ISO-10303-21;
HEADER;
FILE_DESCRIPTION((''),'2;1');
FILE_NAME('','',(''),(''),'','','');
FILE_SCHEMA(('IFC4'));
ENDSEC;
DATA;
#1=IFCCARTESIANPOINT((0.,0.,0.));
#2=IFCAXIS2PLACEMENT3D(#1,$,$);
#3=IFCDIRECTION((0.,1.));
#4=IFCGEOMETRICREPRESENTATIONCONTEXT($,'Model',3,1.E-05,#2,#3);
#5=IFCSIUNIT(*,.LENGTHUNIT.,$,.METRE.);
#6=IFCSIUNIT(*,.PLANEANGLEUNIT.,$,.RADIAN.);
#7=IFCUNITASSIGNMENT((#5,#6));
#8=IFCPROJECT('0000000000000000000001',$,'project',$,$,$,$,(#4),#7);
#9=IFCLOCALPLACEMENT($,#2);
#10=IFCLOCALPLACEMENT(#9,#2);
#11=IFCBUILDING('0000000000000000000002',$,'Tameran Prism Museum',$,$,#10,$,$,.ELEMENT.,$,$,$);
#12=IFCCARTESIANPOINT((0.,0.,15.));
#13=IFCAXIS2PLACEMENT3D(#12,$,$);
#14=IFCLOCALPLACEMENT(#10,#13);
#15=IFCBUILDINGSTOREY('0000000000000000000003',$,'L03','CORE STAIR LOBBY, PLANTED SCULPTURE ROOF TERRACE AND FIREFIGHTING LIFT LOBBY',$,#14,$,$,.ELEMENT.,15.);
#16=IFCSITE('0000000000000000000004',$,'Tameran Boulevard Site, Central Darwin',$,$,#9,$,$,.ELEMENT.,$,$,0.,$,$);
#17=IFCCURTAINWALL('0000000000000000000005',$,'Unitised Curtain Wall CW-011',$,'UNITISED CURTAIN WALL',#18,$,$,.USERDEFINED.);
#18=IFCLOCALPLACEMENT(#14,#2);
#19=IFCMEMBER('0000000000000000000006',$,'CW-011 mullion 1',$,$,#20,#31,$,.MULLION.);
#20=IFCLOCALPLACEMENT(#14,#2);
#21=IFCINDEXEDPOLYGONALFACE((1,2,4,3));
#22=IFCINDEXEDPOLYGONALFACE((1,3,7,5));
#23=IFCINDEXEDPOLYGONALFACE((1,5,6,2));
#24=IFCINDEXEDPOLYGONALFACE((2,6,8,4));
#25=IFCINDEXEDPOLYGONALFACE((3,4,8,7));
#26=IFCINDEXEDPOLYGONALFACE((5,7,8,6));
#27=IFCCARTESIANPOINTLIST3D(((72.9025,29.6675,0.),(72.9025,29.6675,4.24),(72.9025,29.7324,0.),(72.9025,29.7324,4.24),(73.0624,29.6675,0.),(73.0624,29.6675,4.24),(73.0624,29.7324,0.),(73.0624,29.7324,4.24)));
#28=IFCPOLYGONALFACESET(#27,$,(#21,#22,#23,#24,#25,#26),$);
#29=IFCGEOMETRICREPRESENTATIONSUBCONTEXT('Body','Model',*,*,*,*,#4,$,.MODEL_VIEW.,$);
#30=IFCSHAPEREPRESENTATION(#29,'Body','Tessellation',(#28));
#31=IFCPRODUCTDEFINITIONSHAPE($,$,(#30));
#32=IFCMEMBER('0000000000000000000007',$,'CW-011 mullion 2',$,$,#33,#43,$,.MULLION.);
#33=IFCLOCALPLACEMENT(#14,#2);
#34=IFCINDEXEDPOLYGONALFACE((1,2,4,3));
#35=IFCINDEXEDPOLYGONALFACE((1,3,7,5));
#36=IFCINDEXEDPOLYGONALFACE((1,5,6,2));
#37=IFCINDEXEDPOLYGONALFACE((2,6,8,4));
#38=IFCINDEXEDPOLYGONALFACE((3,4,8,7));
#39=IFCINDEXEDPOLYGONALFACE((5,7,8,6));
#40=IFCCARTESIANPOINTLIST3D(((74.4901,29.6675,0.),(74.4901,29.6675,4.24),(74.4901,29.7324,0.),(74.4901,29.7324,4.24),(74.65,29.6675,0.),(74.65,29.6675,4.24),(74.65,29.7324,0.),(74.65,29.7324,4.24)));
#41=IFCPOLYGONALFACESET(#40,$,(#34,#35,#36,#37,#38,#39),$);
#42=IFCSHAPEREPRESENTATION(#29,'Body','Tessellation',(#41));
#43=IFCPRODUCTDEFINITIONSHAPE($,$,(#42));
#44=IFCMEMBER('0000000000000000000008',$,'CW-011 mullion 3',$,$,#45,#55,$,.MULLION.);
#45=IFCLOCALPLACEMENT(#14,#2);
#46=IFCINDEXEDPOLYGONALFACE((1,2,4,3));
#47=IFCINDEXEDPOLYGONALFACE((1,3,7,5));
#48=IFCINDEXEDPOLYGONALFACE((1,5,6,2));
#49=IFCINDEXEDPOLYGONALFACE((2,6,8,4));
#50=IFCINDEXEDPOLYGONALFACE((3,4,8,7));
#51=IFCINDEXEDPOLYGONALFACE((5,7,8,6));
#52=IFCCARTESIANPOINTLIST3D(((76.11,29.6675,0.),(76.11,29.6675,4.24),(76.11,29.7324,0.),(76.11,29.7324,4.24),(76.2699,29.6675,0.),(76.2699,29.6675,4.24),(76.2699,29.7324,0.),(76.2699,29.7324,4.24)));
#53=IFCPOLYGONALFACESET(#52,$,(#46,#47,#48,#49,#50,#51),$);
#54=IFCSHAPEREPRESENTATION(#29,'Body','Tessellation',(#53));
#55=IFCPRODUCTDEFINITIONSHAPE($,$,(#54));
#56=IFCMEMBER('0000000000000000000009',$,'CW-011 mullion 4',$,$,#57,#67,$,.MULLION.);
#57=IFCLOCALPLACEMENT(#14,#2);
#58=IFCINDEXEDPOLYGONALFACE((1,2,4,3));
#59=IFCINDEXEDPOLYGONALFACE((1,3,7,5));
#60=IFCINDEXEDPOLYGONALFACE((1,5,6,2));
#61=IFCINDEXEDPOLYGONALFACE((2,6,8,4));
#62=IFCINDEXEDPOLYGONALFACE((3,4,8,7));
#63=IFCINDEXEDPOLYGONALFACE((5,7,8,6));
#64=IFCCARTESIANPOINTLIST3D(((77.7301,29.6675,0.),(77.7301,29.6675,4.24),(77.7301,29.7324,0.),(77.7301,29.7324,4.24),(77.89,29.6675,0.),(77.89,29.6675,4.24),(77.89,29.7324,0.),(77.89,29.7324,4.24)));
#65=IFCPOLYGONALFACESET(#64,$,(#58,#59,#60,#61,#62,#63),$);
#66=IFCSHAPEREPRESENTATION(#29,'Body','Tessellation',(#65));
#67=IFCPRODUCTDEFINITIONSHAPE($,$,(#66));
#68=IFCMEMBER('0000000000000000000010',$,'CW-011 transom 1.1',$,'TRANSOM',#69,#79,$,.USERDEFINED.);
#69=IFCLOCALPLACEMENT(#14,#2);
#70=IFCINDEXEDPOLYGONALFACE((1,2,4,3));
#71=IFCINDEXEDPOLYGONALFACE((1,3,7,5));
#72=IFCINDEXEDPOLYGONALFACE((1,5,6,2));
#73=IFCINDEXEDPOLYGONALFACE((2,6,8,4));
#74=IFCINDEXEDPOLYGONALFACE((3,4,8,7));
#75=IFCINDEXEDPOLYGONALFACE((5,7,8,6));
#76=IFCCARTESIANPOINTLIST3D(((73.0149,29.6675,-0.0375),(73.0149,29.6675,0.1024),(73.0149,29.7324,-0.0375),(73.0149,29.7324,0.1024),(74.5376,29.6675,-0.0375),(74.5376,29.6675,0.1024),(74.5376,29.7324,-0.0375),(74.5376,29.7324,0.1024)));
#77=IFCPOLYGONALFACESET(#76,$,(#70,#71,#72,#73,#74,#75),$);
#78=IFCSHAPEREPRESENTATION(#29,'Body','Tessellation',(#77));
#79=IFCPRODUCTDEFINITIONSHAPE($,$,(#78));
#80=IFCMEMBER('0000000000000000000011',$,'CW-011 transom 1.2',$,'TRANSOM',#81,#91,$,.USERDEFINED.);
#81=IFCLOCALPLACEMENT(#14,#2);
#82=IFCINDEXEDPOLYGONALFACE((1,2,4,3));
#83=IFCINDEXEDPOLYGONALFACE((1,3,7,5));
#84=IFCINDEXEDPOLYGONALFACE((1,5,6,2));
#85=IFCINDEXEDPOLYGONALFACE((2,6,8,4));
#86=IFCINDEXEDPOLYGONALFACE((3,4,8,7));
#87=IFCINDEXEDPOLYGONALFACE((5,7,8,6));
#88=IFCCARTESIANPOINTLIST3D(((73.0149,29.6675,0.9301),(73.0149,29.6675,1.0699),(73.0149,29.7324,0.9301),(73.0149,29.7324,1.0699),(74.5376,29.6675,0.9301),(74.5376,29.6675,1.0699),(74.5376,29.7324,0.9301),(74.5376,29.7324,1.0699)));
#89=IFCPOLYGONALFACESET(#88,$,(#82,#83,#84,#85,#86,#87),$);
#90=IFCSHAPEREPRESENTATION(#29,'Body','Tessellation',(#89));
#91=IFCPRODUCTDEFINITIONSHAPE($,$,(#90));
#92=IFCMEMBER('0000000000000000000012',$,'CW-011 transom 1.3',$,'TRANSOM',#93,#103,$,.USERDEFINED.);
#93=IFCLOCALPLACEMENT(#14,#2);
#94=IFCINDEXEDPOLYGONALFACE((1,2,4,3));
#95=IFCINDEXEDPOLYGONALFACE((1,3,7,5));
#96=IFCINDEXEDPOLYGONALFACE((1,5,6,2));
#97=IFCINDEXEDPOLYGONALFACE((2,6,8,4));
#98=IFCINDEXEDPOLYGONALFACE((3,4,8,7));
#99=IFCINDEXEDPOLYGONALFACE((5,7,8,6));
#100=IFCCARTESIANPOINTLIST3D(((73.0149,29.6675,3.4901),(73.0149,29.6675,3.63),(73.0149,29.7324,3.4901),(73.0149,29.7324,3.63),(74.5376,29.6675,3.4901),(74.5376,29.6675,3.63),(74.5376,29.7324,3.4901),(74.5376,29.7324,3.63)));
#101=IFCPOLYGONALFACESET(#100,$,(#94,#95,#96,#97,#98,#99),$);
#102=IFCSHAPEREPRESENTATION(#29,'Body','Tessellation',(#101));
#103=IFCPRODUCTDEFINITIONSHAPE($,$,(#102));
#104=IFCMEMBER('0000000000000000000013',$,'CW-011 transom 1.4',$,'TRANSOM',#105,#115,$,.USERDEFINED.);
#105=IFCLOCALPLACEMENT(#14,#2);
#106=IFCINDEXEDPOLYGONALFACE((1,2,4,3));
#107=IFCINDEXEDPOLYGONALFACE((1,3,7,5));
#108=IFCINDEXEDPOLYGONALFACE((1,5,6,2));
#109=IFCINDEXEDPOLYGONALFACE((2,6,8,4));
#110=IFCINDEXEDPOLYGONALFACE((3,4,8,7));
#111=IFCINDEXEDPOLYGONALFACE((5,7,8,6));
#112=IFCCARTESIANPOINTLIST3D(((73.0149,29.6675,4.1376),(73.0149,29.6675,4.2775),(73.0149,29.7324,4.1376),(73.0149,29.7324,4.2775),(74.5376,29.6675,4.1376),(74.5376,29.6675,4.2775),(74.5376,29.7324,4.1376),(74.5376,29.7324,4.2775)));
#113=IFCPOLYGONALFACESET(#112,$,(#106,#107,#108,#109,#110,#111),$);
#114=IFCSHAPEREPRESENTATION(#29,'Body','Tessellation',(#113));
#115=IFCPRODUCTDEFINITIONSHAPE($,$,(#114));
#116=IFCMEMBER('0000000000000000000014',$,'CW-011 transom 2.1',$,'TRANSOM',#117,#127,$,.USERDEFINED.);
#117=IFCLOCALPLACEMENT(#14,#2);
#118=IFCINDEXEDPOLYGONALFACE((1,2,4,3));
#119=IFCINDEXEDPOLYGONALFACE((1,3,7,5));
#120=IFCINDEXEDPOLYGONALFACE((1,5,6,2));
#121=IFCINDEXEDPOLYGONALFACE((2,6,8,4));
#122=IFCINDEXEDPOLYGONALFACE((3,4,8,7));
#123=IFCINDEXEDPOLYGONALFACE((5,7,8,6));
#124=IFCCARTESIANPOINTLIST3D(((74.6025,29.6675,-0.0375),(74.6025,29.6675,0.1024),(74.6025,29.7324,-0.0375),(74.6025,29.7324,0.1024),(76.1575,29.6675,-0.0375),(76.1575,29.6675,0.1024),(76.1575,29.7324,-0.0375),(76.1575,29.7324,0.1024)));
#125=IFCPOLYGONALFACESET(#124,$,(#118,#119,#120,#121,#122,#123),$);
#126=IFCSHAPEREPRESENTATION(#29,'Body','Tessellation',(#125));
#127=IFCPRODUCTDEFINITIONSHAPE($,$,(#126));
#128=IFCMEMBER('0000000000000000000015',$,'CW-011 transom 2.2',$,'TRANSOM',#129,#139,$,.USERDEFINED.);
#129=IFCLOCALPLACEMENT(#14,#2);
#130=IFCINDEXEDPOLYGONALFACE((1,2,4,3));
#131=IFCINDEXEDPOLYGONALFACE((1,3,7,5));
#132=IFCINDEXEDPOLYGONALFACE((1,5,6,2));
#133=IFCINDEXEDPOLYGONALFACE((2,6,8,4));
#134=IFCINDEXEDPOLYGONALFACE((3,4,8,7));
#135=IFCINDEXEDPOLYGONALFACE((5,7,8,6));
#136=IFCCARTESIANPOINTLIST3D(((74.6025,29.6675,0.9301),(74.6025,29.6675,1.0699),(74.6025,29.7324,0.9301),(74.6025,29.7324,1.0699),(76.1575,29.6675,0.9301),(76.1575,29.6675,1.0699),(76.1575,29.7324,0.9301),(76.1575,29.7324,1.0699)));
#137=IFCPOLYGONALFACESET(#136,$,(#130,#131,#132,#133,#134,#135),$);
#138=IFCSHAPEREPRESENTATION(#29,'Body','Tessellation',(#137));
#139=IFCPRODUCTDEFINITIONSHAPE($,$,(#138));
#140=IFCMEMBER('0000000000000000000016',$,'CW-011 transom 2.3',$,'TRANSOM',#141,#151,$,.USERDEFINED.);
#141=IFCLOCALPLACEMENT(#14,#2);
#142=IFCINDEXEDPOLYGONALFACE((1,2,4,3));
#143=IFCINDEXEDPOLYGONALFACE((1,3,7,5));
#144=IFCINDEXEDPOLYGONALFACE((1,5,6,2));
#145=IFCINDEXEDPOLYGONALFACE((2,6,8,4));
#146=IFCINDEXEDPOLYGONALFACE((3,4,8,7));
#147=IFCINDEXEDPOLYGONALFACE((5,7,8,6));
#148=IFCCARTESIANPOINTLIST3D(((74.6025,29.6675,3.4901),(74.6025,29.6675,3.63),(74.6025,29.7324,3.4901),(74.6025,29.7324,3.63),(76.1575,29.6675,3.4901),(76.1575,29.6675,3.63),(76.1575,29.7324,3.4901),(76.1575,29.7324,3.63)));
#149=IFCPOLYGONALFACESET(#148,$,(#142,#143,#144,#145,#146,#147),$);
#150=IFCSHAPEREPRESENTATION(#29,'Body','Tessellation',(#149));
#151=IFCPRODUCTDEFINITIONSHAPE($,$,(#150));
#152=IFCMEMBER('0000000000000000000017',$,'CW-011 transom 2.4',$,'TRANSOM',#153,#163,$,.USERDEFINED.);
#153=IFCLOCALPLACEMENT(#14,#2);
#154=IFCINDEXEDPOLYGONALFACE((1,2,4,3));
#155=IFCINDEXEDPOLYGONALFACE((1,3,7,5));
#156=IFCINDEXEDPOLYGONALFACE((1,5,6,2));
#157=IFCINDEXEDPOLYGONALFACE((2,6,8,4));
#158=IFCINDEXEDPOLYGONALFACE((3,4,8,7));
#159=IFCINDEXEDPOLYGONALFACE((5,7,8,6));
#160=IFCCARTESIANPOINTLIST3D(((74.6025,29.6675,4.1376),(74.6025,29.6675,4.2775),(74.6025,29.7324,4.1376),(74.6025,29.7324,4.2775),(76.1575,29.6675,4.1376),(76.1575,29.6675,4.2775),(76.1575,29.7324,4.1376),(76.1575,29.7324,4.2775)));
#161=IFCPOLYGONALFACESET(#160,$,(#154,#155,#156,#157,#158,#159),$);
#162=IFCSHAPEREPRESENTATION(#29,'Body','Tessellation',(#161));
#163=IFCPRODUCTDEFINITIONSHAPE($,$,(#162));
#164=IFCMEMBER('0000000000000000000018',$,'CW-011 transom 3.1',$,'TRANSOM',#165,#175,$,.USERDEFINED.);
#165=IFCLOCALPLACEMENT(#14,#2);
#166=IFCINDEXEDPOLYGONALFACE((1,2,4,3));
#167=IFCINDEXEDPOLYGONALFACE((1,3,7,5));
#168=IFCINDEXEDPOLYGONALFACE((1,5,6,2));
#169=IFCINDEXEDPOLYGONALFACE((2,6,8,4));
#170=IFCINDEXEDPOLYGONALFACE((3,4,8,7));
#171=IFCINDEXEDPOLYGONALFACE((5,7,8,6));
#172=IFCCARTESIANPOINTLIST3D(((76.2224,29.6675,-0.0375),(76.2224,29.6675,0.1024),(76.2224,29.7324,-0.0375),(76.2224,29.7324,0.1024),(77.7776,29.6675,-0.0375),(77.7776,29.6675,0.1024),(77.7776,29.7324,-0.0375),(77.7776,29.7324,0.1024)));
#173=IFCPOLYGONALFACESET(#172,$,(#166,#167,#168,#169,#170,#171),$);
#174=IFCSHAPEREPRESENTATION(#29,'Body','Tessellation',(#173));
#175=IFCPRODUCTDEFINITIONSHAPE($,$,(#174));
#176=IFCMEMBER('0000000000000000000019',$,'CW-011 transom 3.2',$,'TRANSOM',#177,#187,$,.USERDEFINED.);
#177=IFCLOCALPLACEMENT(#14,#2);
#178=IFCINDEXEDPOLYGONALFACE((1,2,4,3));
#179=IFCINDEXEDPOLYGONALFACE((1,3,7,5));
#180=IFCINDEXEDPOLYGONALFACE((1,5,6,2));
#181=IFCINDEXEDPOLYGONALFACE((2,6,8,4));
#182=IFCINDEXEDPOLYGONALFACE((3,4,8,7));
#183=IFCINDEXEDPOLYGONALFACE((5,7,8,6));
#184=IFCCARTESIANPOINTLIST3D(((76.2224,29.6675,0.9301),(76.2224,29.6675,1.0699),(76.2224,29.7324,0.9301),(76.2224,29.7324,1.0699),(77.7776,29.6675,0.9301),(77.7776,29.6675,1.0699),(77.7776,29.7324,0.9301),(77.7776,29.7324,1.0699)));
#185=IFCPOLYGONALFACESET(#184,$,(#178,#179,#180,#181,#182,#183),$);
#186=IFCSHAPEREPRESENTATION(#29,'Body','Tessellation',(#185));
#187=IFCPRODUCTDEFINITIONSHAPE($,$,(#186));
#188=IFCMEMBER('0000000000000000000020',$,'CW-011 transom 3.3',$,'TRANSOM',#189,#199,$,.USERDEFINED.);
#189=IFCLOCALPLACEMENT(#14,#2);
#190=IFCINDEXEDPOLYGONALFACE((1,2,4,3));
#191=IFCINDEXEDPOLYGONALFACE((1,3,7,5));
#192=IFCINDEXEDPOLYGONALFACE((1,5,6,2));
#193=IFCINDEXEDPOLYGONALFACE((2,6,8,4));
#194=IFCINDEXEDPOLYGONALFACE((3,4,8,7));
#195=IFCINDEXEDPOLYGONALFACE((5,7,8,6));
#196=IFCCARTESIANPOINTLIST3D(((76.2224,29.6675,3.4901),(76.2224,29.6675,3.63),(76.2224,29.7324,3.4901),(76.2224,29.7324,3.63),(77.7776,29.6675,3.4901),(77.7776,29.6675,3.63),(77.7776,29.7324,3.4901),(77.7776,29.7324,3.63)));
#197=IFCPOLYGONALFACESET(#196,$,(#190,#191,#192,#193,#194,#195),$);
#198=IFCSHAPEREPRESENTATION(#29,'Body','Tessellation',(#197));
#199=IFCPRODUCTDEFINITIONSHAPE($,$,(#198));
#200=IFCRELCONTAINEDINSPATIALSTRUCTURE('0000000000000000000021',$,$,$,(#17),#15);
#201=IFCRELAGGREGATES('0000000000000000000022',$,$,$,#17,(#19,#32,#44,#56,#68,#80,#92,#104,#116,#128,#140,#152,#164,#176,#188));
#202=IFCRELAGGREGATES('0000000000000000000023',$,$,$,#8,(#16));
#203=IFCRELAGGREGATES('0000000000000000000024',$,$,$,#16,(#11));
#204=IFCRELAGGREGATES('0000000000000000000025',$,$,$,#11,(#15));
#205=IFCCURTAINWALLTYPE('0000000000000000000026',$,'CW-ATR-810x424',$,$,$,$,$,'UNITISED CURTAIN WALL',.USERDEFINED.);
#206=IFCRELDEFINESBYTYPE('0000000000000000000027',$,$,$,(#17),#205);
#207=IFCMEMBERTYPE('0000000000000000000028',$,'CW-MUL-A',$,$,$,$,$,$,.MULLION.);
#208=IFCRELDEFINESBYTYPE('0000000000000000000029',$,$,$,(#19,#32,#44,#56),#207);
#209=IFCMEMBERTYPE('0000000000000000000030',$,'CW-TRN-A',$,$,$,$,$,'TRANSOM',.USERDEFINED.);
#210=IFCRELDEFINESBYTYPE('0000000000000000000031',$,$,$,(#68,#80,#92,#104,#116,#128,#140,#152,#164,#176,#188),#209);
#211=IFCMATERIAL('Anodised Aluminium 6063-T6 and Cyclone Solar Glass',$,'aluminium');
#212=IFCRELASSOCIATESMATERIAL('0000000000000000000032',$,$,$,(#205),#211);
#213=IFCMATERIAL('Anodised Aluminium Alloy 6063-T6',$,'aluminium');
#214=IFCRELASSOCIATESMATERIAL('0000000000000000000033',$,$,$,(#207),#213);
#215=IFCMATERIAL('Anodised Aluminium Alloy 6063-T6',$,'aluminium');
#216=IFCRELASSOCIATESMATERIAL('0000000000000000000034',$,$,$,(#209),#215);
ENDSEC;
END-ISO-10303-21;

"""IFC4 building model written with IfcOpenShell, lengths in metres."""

from ifc_helpers import new_model, si_unit, direction, frame, origin, origin_2d, place, context, subcontext, project, spatial, rectangle, extrude, material, material_profile, profile_set, type_object, element, aggregate, save


model = new_model("IFC4")

# Units and contexts
model_context = context("Model", 3, precision=1e-05, world=origin(), true_north=direction((0.0, 1.0)))
body_context = subcontext(model_context, "Body", "Model", "MODEL_VIEW")
ifc_project = project(units=[si_unit("LENGTHUNIT", "METRE"), si_unit("PLANEANGLEUNIT", "RADIAN")], contexts=[model_context])

# Site, building, storey
site_placement = place(None, origin())
site = spatial("IfcSite", under=ifc_project, at=site_placement, Name="Tameran Boulevard Site, Central Darwin", CompositionType="ELEMENT", RefElevation=0.0)
building_placement = place(site_placement, origin())
building = spatial("IfcBuilding", under=site, at=building_placement, Name="Tameran Prism Museum", CompositionType="ELEMENT")
storey_placement = place(building_placement, frame((0.0, 0.0, 15.0)))
storey = spatial("IfcBuildingStorey", under=building, at=storey_placement, Name="L03", Description="CORE STAIR LOBBY, PLANTED SCULPTURE ROOF TERRACE AND FIREFIGHTING LIFT LOBBY", CompositionType="ELEMENT", Elevation=15.0)

# Curtain wall, members
ifc_material_1 = material(Name="Anodised Aluminium 6063-T6 and Cyclone Solar Glass", Category="aluminium")
curtain_wall_type_1 = type_object("IfcCurtainWallType", Name="CW-ATR-810x424", ElementType="UNITISED CURTAIN WALL", PredefinedType="USERDEFINED", material=ifc_material_1)
curtain_wall_1_placement = place(storey_placement, origin())
curtain_wall_1 = element("IfcCurtainWall", 1, at=curtain_wall_1_placement, inside=storey, type_object=curtain_wall_type_1, Name="Unitised Curtain Wall CW-011", ObjectType="UNITISED CURTAIN WALL", PredefinedType="USERDEFINED")
ifc_material_2 = material(Name="Anodised Aluminium Alloy 6063-T6", Category="aluminium")
ifc_material_profile_1 = material_profile(ifc_material_2, rectangle(XDim=0.0649, YDim=0.1599, at=origin_2d()))
ifc_profile_set_1 = profile_set([ifc_material_profile_1])
member_type_1 = type_object("IfcMemberType", Name="CW-MUL-A", PredefinedType="MULLION", material=ifc_profile_set_1)
member_1_placement = place(storey_placement, frame((72.9824, 29.7, 0.0), z_axis=(0.0, 0.0, 1.0), x_axis=(0.0, 1.0, 0.0)))
member_1 = element("IfcMember", 2, at=member_1_placement, type_object=member_type_1, Name="CW-011 mullion 1", PredefinedType="MULLION", context=body_context, shape_type="SweptSolid", body=[
    extrude(rectangle(XDim=0.0649, YDim=0.1599, at=origin_2d()), origin(), (0.0, 0.0, 1.0), 4.24),
])
member_2_placement = place(storey_placement, frame((74.5701, 29.7, 0.0), z_axis=(0.0, 0.0, 1.0), x_axis=(0.0, 1.0, 0.0)))
member_2 = element("IfcMember", 3, at=member_2_placement, type_object=member_type_1, Name="CW-011 mullion 2", PredefinedType="MULLION", context=body_context, shape_type="SweptSolid", body=[
    extrude(rectangle(XDim=0.0649, YDim=0.1599, at=origin_2d()), origin(), (0.0, 0.0, 1.0), 4.24),
])
member_3_placement = place(storey_placement, frame((76.1899, 29.7, 0.0), z_axis=(0.0, 0.0, 1.0), x_axis=(0.0, 1.0, 0.0)))
member_3 = element("IfcMember", 4, at=member_3_placement, type_object=member_type_1, Name="CW-011 mullion 3", PredefinedType="MULLION", context=body_context, shape_type="SweptSolid", body=[
    extrude(rectangle(XDim=0.0649, YDim=0.1599, at=origin_2d()), origin(), (0.0, 0.0, 1.0), 4.24),
])
member_4_placement = place(storey_placement, frame((77.8101, 29.7, 0.0), z_axis=(0.0, 0.0, 1.0), x_axis=(0.0, 1.0, 0.0)))
member_4 = element("IfcMember", 5, at=member_4_placement, type_object=member_type_1, Name="CW-011 mullion 4", PredefinedType="MULLION", context=body_context, shape_type="SweptSolid", body=[
    extrude(rectangle(XDim=0.0649, YDim=0.1599, at=origin_2d()), origin(), (0.0, 0.0, 1.0), 4.24),
])
ifc_material_3 = material(Name="Anodised Aluminium Alloy 6063-T6", Category="aluminium")
ifc_material_profile_2 = material_profile(ifc_material_3, rectangle(XDim=0.0649, YDim=0.1399, at=origin_2d()))
ifc_profile_set_2 = profile_set([ifc_material_profile_2])
member_type_2 = type_object("IfcMemberType", Name="CW-TRN-A", ElementType="TRANSOM", PredefinedType="USERDEFINED", material=ifc_profile_set_2)
member_5_placement = place(storey_placement, frame((73.0149, 29.7, 0.0325), z_axis=(1.0, 0.0, 0.0), x_axis=(0.0, 1.0, 0.0)))
member_5 = element("IfcMember", 6, at=member_5_placement, type_object=member_type_2, Name="CW-011 transom 1.1", ObjectType="TRANSOM", PredefinedType="USERDEFINED", context=body_context, shape_type="SweptSolid", body=[
    extrude(rectangle(XDim=0.0649, YDim=0.1399, at=origin_2d()), origin(), (0.0, 0.0, 1.0), 1.5227),
])
member_6_placement = place(storey_placement, frame((73.0149, 29.7, 1.0), z_axis=(1.0, 0.0, 0.0), x_axis=(0.0, 1.0, 0.0)))
member_6 = element("IfcMember", 7, at=member_6_placement, type_object=member_type_2, Name="CW-011 transom 1.2", ObjectType="TRANSOM", PredefinedType="USERDEFINED", context=body_context, shape_type="SweptSolid", body=[
    extrude(rectangle(XDim=0.0649, YDim=0.1399, at=origin_2d()), origin(), (0.0, 0.0, 1.0), 1.5227),
])
member_7_placement = place(storey_placement, frame((73.0149, 29.7, 3.5601), z_axis=(1.0, 0.0, 0.0), x_axis=(0.0, 1.0, 0.0)))
member_7 = element("IfcMember", 8, at=member_7_placement, type_object=member_type_2, Name="CW-011 transom 1.3", ObjectType="TRANSOM", PredefinedType="USERDEFINED", context=body_context, shape_type="SweptSolid", body=[
    extrude(rectangle(XDim=0.0649, YDim=0.1399, at=origin_2d()), origin(), (0.0, 0.0, 1.0), 1.5227),
])
member_8_placement = place(storey_placement, frame((73.0149, 29.7, 4.2075), z_axis=(1.0, 0.0, 0.0), x_axis=(0.0, 1.0, 0.0)))
member_8 = element("IfcMember", 9, at=member_8_placement, type_object=member_type_2, Name="CW-011 transom 1.4", ObjectType="TRANSOM", PredefinedType="USERDEFINED", context=body_context, shape_type="SweptSolid", body=[
    extrude(rectangle(XDim=0.0649, YDim=0.1399, at=origin_2d()), origin(), (0.0, 0.0, 1.0), 1.5227),
])
member_9_placement = place(storey_placement, frame((74.6025, 29.7, 0.0325), z_axis=(1.0, 0.0, 0.0), x_axis=(0.0, 1.0, 0.0)))
member_9 = element("IfcMember", 10, at=member_9_placement, type_object=member_type_2, Name="CW-011 transom 2.1", ObjectType="TRANSOM", PredefinedType="USERDEFINED", context=body_context, shape_type="SweptSolid", body=[
    extrude(rectangle(XDim=0.0649, YDim=0.1399, at=origin_2d()), origin(), (0.0, 0.0, 1.0), 1.5549),
])
member_10_placement = place(storey_placement, frame((74.6025, 29.7, 1.0), z_axis=(1.0, 0.0, 0.0), x_axis=(0.0, 1.0, 0.0)))
member_10 = element("IfcMember", 11, at=member_10_placement, type_object=member_type_2, Name="CW-011 transom 2.2", ObjectType="TRANSOM", PredefinedType="USERDEFINED", context=body_context, shape_type="SweptSolid", body=[
    extrude(rectangle(XDim=0.0649, YDim=0.1399, at=origin_2d()), origin(), (0.0, 0.0, 1.0), 1.5549),
])
member_11_placement = place(storey_placement, frame((74.6025, 29.7, 3.5601), z_axis=(1.0, 0.0, 0.0), x_axis=(0.0, 1.0, 0.0)))
member_11 = element("IfcMember", 12, at=member_11_placement, type_object=member_type_2, Name="CW-011 transom 2.3", ObjectType="TRANSOM", PredefinedType="USERDEFINED", context=body_context, shape_type="SweptSolid", body=[
    extrude(rectangle(XDim=0.0649, YDim=0.1399, at=origin_2d()), origin(), (0.0, 0.0, 1.0), 1.5549),
])
member_12_placement = place(storey_placement, frame((74.6025, 29.7, 4.2075), z_axis=(1.0, 0.0, 0.0), x_axis=(0.0, 1.0, 0.0)))
member_12 = element("IfcMember", 13, at=member_12_placement, type_object=member_type_2, Name="CW-011 transom 2.4", ObjectType="TRANSOM", PredefinedType="USERDEFINED", context=body_context, shape_type="SweptSolid", body=[
    extrude(rectangle(XDim=0.0649, YDim=0.1399, at=origin_2d()), origin(), (0.0, 0.0, 1.0), 1.5549),
])
member_13_placement = place(storey_placement, frame((76.2224, 29.7, 0.0325), z_axis=(1.0, 0.0, 0.0), x_axis=(0.0, 1.0, 0.0)))
member_13 = element("IfcMember", 14, at=member_13_placement, type_object=member_type_2, Name="CW-011 transom 3.1", ObjectType="TRANSOM", PredefinedType="USERDEFINED", context=body_context, shape_type="SweptSolid", body=[
    extrude(rectangle(XDim=0.0649, YDim=0.1399, at=origin_2d()), origin(), (0.0, 0.0, 1.0), 1.5552),
])
member_14_placement = place(storey_placement, frame((76.2224, 29.7, 1.0), z_axis=(1.0, 0.0, 0.0), x_axis=(0.0, 1.0, 0.0)))
member_14 = element("IfcMember", 15, at=member_14_placement, type_object=member_type_2, Name="CW-011 transom 3.2", ObjectType="TRANSOM", PredefinedType="USERDEFINED", context=body_context, shape_type="SweptSolid", body=[
    extrude(rectangle(XDim=0.0649, YDim=0.1399, at=origin_2d()), origin(), (0.0, 0.0, 1.0), 1.5552),
])
member_15_placement = place(storey_placement, frame((76.2224, 29.7, 3.5601), z_axis=(1.0, 0.0, 0.0), x_axis=(0.0, 1.0, 0.0)))
member_15 = element("IfcMember", 16, at=member_15_placement, type_object=member_type_2, Name="CW-011 transom 3.3", ObjectType="TRANSOM", PredefinedType="USERDEFINED", context=body_context, shape_type="SweptSolid", body=[
    extrude(rectangle(XDim=0.0649, YDim=0.1399, at=origin_2d()), origin(), (0.0, 0.0, 1.0), 1.5552),
])
aggregate(curtain_wall_1, [member_1, member_2, member_3, member_4, member_5, member_6, member_7, member_8, member_9, member_10, member_11, member_12, member_13, member_14, member_15])

save(model, "model.ifc")
